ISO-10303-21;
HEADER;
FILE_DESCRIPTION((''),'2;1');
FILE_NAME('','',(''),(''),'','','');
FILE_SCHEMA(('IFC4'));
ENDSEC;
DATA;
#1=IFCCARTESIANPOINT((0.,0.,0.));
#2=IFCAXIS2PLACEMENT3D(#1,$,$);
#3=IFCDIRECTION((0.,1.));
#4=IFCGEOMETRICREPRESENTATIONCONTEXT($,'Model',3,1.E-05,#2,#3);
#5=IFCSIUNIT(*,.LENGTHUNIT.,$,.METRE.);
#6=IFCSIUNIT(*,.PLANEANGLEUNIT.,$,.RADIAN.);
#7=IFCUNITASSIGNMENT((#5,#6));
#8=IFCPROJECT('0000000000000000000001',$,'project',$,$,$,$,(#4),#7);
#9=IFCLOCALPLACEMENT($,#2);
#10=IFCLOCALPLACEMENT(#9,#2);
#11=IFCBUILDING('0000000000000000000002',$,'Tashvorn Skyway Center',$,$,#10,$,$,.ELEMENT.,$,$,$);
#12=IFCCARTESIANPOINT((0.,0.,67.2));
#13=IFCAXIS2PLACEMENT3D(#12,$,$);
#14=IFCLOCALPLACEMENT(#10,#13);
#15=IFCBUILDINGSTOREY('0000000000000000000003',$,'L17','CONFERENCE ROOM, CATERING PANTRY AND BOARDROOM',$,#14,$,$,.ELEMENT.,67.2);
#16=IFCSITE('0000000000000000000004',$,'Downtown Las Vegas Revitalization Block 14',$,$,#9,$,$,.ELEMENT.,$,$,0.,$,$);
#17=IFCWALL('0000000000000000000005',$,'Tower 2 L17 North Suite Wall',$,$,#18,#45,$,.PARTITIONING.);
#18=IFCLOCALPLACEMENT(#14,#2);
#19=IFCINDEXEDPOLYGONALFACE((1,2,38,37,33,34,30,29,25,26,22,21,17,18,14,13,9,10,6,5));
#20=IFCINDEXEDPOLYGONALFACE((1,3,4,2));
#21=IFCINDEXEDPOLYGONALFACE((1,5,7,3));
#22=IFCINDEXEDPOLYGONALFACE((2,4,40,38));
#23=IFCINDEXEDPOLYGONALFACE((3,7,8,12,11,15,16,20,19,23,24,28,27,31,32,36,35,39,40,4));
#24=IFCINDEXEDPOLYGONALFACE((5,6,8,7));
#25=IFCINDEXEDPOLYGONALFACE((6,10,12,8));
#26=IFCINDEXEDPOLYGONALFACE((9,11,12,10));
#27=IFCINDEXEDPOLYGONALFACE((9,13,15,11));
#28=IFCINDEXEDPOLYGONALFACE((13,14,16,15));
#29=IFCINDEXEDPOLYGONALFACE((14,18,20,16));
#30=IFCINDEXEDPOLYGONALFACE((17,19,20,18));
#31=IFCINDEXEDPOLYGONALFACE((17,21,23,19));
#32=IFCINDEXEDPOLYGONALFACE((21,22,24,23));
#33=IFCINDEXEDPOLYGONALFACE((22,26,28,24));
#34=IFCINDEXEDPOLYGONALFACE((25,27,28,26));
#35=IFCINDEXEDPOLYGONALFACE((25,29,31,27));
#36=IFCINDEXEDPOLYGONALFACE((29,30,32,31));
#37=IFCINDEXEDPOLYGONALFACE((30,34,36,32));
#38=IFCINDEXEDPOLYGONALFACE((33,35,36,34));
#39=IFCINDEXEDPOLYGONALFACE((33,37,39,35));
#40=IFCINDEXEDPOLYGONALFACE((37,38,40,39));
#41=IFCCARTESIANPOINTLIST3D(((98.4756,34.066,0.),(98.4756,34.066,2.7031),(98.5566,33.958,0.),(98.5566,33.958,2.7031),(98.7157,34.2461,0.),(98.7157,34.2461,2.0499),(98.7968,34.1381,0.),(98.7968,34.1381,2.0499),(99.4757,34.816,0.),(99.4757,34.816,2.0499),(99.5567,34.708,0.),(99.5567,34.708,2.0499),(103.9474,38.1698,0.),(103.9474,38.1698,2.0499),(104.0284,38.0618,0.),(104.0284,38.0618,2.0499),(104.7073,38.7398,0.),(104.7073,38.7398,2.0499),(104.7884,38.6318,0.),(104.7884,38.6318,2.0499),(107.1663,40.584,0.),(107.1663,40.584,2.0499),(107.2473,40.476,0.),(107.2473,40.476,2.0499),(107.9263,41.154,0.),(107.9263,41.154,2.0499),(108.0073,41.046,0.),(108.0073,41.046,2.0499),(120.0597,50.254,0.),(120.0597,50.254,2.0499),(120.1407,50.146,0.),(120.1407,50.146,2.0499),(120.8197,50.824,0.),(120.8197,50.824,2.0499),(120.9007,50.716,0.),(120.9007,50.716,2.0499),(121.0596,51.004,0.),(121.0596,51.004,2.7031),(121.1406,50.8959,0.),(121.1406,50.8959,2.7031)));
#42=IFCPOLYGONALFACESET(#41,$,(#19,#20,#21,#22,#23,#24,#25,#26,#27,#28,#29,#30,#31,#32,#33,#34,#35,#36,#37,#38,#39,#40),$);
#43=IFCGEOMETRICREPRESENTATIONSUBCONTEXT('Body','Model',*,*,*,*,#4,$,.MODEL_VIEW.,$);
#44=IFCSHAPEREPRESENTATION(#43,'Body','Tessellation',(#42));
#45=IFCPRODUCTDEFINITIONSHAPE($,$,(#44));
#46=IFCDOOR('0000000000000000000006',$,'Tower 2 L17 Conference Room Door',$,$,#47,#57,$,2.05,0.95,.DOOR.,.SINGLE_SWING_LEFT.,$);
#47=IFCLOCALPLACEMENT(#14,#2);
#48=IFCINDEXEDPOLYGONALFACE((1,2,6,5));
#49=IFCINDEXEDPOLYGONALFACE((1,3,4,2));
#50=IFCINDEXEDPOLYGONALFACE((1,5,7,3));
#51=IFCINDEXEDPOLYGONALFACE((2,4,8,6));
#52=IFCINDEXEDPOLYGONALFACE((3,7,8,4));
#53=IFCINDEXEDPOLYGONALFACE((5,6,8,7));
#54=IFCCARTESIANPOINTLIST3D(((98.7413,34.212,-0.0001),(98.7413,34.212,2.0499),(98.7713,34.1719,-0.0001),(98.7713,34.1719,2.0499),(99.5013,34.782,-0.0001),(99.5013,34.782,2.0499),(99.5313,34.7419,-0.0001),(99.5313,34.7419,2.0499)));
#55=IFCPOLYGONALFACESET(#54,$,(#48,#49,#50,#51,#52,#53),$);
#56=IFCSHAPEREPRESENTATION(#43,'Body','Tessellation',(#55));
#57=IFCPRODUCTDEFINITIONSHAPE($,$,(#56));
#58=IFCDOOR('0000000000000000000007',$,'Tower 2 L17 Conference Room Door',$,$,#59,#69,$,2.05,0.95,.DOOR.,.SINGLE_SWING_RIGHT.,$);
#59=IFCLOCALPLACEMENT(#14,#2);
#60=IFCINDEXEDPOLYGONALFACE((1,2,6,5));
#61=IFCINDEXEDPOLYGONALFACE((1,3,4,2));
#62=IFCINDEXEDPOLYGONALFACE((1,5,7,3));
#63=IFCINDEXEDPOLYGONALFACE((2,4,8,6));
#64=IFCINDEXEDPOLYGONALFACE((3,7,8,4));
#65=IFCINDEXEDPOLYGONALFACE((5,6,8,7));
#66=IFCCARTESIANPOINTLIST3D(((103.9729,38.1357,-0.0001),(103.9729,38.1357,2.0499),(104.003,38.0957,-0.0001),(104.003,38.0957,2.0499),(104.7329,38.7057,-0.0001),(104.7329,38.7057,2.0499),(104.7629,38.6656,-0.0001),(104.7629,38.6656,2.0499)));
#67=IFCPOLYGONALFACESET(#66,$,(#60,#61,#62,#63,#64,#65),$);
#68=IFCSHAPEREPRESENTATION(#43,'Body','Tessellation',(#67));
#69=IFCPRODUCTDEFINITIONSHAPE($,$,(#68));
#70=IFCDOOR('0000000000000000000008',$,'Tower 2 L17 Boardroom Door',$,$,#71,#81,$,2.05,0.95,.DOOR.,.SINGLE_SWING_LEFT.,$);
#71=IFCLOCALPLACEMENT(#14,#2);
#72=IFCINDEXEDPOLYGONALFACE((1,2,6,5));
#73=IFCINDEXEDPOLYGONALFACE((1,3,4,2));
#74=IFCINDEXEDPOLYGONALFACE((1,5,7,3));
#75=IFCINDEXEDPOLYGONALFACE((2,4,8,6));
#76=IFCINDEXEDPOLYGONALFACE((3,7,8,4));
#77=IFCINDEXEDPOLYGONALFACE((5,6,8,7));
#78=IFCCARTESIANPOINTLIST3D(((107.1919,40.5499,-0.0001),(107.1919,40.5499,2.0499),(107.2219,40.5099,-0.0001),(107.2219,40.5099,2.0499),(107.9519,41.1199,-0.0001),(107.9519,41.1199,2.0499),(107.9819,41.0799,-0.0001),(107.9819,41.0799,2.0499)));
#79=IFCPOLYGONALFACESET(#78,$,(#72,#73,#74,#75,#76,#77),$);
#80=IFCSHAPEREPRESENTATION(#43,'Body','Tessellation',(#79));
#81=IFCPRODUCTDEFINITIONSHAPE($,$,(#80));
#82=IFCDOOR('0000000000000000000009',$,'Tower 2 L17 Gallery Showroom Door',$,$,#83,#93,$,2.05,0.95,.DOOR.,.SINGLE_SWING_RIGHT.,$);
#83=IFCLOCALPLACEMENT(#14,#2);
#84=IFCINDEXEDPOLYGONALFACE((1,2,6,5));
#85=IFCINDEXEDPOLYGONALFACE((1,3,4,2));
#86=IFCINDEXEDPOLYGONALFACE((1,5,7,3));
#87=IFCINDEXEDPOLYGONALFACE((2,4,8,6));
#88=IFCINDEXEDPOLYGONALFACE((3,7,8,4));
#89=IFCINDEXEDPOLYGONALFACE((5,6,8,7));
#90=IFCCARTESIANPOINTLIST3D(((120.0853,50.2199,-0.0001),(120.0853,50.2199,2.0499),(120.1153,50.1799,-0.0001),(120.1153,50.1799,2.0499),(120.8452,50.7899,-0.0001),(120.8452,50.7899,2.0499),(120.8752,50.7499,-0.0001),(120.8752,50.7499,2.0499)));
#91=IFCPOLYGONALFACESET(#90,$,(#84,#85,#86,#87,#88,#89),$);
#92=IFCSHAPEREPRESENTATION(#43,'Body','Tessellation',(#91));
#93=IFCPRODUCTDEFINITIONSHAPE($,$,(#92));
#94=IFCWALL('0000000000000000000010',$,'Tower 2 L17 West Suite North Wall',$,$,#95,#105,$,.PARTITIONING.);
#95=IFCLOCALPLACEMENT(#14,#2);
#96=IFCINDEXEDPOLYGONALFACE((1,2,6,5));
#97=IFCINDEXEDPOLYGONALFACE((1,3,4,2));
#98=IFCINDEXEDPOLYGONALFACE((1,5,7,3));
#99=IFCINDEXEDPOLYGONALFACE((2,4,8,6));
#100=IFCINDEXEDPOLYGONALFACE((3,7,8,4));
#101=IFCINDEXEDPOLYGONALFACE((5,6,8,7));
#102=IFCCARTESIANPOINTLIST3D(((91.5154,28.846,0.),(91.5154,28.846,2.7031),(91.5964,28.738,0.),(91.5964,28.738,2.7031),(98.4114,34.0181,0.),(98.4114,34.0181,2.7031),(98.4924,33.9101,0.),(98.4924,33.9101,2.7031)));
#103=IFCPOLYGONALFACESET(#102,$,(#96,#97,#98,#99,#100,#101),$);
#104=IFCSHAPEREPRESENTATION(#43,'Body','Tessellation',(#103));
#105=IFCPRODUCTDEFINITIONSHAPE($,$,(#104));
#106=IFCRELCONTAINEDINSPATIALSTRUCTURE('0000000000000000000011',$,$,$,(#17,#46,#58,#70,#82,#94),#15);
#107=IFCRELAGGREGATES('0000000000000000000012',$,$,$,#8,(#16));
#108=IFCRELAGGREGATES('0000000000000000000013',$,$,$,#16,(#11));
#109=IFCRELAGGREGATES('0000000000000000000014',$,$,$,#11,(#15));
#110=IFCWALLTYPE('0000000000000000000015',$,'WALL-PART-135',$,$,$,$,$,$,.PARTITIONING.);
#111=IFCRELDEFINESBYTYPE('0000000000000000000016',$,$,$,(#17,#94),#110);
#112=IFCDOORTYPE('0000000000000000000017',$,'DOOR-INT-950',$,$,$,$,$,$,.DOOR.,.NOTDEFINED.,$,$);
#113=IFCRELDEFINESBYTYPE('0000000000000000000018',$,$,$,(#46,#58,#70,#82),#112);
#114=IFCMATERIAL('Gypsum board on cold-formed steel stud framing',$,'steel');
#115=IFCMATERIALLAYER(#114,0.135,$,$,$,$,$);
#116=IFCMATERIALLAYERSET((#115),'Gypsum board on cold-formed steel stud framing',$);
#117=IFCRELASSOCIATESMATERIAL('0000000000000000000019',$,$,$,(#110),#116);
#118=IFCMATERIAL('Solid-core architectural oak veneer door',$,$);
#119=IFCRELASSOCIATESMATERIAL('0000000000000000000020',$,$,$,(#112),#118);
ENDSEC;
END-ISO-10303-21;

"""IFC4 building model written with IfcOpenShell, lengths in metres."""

from ifc_helpers import new_model, si_unit, direction, frame, frame_2d, origin, place, context, subcontext, project, spatial, rectangle, extrude, material, layer, layer_set, type_object, element, fill, save


model = new_model("IFC4")

# Units and contexts
model_context = context("Model", 3, precision=1e-05, world=origin(), true_north=direction((0.0, 1.0)))
body_context = subcontext(model_context, "Body", "Model", "MODEL_VIEW")
ifc_project = project(units=[si_unit("LENGTHUNIT", "METRE"), si_unit("PLANEANGLEUNIT", "RADIAN")], contexts=[model_context])

# Site, building, storey
site_placement = place(None, origin())
site = spatial("IfcSite", under=ifc_project, at=site_placement, Name="Downtown Las Vegas Revitalization Block 14", CompositionType="ELEMENT", RefElevation=0.0)
building_placement = place(site_placement, origin())
building = spatial("IfcBuilding", under=site, at=building_placement, Name="Tashvorn Skyway Center", CompositionType="ELEMENT")
storey_placement = place(building_placement, frame((0.0, 0.0, 67.2)))
storey = spatial("IfcBuildingStorey", under=building, at=storey_placement, Name="L17", Description="CONFERENCE ROOM, CATERING PANTRY AND BOARDROOM", CompositionType="ELEMENT", Elevation=67.2)

# Shared definitions
ifc_material_1 = material(Name="Gypsum board on cold-formed steel stud framing", Category="steel")

# Wall, openings, doors
ifc_layer_1 = layer(ifc_material_1, 0.135)
ifc_layer_set_1 = layer_set([ifc_layer_1], Name="Gypsum board on cold-formed steel stud framing")
wall_type_1 = type_object("IfcWallType", Name="WALL-PART-135", PredefinedType="PARTITIONING", material=ifc_layer_set_1)
wall_1_placement = place(storey_placement, frame((98.5161, 34.012, 0.0), z_axis=(0.0, 0.0, 1.0), x_axis=(0.8, 0.6, 0.0)))
wall_1 = element("IfcWall", 1, at=wall_1_placement, inside=storey, type_object=wall_type_1, Name="Tower 2 L17 North Suite Wall", PredefinedType="PARTITIONING", context=body_context, shape_type="SweptSolid", body=[
    extrude(rectangle(XDim=28.23, YDim=0.135, at=frame_2d((14.115, 0.0))), origin(), (0.0, 0.0, 1.0), 2.7031),
])
opening_1_placement = place(wall_1_placement, frame((0.3, 0.0, 0.0)))
opening_1 = element("IfcOpeningElement", 2, at=opening_1_placement, cuts=wall_1, PredefinedType="OPENING", context=body_context, shape_type="SweptSolid", body=[
    extrude(rectangle(XDim=0.95, YDim=2.05, at=frame_2d((0.4751, 1.0249))), frame((0.0, 0.0774, 0.0), z_axis=(0.0, -1.0, 0.0), x_axis=(1.0, 0.0, 0.0)), (0.0, 0.0, 1.0), 0.155),
])
opening_2_placement = place(wall_1_placement, frame((6.8396, 0.0, 0.0)))
opening_2 = element("IfcOpeningElement", 3, at=opening_2_placement, cuts=wall_1, PredefinedType="OPENING", context=body_context, shape_type="SweptSolid", body=[
    extrude(rectangle(XDim=0.95, YDim=2.05, at=frame_2d((0.4751, 1.0249))), frame((0.0, 0.0774, 0.0), z_axis=(0.0, -1.0, 0.0), x_axis=(1.0, 0.0, 0.0)), (0.0, 0.0, 1.0), 0.155),
])
opening_3_placement = place(wall_1_placement, frame((10.8633, 0.0, 0.0)))
opening_3 = element("IfcOpeningElement", 4, at=opening_3_placement, cuts=wall_1, PredefinedType="OPENING", context=body_context, shape_type="SweptSolid", body=[
    extrude(rectangle(XDim=0.95, YDim=2.05, at=frame_2d((0.4751, 1.0249))), frame((0.0, 0.0774, 0.0), z_axis=(0.0, -1.0, 0.0), x_axis=(1.0, 0.0, 0.0)), (0.0, 0.0, 1.0), 0.155),
])
opening_4_placement = place(wall_1_placement, frame((26.98, 0.0, 0.0)))
opening_4 = element("IfcOpeningElement", 5, at=opening_4_placement, cuts=wall_1, PredefinedType="OPENING", context=body_context, shape_type="SweptSolid", body=[
    extrude(rectangle(XDim=0.95, YDim=2.05, at=frame_2d((0.4751, 1.0249))), frame((0.0, 0.0774, 0.0), z_axis=(0.0, -1.0, 0.0), x_axis=(1.0, 0.0, 0.0)), (0.0, 0.0, 1.0), 0.155),
])
ifc_material_2 = material(Name="Solid-core architectural oak veneer door")
door_type = type_object("IfcDoorType", Name="DOOR-INT-950", OperationType="NOTDEFINED", PredefinedType="DOOR", material=ifc_material_2)
door_1_placement = place(opening_1_placement, origin())
door_1 = element("IfcDoor", 6, at=door_1_placement, inside=storey, type_object=door_type, Name="Tower 2 L17 Conference Room Door", OperationType="SINGLE_SWING_LEFT", OverallHeight=2.05, OverallWidth=0.95, PredefinedType="DOOR", context=body_context, shape_type="SweptSolid", body=[
    extrude(rectangle(XDim=0.95, YDim=2.05, at=frame_2d((0.4751, 1.0249))), frame((0.0, 0.0249, 0.0), z_axis=(0.0, -1.0, 0.0), x_axis=(1.0, 0.0, 0.0)), (0.0, 0.0, 1.0), 0.05),
])
fill(opening_1, door_1)
door_2_placement = place(opening_2_placement, origin())
door_2 = element("IfcDoor", 7, at=door_2_placement, inside=storey, type_object=door_type, Name="Tower 2 L17 Conference Room Door", OperationType="SINGLE_SWING_RIGHT", OverallHeight=2.05, OverallWidth=0.95, PredefinedType="DOOR", context=body_context, shape_type="SweptSolid", body=[
    extrude(rectangle(XDim=0.95, YDim=2.05, at=frame_2d((0.4751, 1.0249))), frame((0.0, 0.0249, 0.0), z_axis=(0.0, -1.0, 0.0), x_axis=(1.0, 0.0, 0.0)), (0.0, 0.0, 1.0), 0.05),
])
fill(opening_2, door_2)
door_3_placement = place(opening_3_placement, origin())
door_3 = element("IfcDoor", 8, at=door_3_placement, inside=storey, type_object=door_type, Name="Tower 2 L17 Boardroom Door", OperationType="SINGLE_SWING_LEFT", OverallHeight=2.05, OverallWidth=0.95, PredefinedType="DOOR", context=body_context, shape_type="SweptSolid", body=[
    extrude(rectangle(XDim=0.95, YDim=2.05, at=frame_2d((0.4751, 1.0249))), frame((0.0, 0.0249, 0.0), z_axis=(0.0, -1.0, 0.0), x_axis=(1.0, 0.0, 0.0)), (0.0, 0.0, 1.0), 0.05),
])
fill(opening_3, door_3)
door_4_placement = place(opening_4_placement, origin())
door_4 = element("IfcDoor", 9, at=door_4_placement, inside=storey, type_object=door_type, Name="Tower 2 L17 Gallery Showroom Door", OperationType="SINGLE_SWING_RIGHT", OverallHeight=2.05, OverallWidth=0.95, PredefinedType="DOOR", context=body_context, shape_type="SweptSolid", body=[
    extrude(rectangle(XDim=0.95, YDim=2.05, at=frame_2d((0.4751, 1.0249))), frame((0.0, 0.0249, 0.0), z_axis=(0.0, -1.0, 0.0), x_axis=(1.0, 0.0, 0.0)), (0.0, 0.0, 1.0), 0.05),
])
fill(opening_4, door_4)

# Wall
wall_2_placement = place(storey_placement, frame((98.4519, 33.9641, 0.0), z_axis=(0.0, 0.0, 1.0), x_axis=(-0.799993, -0.600009, 0.0)))
element("IfcWall", 10, at=wall_2_placement, inside=storey, type_object=wall_type_1, Name="Tower 2 L17 West Suite North Wall", PredefinedType="PARTITIONING", context=body_context, shape_type="SweptSolid", body=[
    extrude(rectangle(XDim=8.6201, YDim=0.135, at=frame_2d((4.3101, 0.0))), origin(), (0.0, 0.0, 1.0), 2.7031),
])

save(model, "model.ifc")
